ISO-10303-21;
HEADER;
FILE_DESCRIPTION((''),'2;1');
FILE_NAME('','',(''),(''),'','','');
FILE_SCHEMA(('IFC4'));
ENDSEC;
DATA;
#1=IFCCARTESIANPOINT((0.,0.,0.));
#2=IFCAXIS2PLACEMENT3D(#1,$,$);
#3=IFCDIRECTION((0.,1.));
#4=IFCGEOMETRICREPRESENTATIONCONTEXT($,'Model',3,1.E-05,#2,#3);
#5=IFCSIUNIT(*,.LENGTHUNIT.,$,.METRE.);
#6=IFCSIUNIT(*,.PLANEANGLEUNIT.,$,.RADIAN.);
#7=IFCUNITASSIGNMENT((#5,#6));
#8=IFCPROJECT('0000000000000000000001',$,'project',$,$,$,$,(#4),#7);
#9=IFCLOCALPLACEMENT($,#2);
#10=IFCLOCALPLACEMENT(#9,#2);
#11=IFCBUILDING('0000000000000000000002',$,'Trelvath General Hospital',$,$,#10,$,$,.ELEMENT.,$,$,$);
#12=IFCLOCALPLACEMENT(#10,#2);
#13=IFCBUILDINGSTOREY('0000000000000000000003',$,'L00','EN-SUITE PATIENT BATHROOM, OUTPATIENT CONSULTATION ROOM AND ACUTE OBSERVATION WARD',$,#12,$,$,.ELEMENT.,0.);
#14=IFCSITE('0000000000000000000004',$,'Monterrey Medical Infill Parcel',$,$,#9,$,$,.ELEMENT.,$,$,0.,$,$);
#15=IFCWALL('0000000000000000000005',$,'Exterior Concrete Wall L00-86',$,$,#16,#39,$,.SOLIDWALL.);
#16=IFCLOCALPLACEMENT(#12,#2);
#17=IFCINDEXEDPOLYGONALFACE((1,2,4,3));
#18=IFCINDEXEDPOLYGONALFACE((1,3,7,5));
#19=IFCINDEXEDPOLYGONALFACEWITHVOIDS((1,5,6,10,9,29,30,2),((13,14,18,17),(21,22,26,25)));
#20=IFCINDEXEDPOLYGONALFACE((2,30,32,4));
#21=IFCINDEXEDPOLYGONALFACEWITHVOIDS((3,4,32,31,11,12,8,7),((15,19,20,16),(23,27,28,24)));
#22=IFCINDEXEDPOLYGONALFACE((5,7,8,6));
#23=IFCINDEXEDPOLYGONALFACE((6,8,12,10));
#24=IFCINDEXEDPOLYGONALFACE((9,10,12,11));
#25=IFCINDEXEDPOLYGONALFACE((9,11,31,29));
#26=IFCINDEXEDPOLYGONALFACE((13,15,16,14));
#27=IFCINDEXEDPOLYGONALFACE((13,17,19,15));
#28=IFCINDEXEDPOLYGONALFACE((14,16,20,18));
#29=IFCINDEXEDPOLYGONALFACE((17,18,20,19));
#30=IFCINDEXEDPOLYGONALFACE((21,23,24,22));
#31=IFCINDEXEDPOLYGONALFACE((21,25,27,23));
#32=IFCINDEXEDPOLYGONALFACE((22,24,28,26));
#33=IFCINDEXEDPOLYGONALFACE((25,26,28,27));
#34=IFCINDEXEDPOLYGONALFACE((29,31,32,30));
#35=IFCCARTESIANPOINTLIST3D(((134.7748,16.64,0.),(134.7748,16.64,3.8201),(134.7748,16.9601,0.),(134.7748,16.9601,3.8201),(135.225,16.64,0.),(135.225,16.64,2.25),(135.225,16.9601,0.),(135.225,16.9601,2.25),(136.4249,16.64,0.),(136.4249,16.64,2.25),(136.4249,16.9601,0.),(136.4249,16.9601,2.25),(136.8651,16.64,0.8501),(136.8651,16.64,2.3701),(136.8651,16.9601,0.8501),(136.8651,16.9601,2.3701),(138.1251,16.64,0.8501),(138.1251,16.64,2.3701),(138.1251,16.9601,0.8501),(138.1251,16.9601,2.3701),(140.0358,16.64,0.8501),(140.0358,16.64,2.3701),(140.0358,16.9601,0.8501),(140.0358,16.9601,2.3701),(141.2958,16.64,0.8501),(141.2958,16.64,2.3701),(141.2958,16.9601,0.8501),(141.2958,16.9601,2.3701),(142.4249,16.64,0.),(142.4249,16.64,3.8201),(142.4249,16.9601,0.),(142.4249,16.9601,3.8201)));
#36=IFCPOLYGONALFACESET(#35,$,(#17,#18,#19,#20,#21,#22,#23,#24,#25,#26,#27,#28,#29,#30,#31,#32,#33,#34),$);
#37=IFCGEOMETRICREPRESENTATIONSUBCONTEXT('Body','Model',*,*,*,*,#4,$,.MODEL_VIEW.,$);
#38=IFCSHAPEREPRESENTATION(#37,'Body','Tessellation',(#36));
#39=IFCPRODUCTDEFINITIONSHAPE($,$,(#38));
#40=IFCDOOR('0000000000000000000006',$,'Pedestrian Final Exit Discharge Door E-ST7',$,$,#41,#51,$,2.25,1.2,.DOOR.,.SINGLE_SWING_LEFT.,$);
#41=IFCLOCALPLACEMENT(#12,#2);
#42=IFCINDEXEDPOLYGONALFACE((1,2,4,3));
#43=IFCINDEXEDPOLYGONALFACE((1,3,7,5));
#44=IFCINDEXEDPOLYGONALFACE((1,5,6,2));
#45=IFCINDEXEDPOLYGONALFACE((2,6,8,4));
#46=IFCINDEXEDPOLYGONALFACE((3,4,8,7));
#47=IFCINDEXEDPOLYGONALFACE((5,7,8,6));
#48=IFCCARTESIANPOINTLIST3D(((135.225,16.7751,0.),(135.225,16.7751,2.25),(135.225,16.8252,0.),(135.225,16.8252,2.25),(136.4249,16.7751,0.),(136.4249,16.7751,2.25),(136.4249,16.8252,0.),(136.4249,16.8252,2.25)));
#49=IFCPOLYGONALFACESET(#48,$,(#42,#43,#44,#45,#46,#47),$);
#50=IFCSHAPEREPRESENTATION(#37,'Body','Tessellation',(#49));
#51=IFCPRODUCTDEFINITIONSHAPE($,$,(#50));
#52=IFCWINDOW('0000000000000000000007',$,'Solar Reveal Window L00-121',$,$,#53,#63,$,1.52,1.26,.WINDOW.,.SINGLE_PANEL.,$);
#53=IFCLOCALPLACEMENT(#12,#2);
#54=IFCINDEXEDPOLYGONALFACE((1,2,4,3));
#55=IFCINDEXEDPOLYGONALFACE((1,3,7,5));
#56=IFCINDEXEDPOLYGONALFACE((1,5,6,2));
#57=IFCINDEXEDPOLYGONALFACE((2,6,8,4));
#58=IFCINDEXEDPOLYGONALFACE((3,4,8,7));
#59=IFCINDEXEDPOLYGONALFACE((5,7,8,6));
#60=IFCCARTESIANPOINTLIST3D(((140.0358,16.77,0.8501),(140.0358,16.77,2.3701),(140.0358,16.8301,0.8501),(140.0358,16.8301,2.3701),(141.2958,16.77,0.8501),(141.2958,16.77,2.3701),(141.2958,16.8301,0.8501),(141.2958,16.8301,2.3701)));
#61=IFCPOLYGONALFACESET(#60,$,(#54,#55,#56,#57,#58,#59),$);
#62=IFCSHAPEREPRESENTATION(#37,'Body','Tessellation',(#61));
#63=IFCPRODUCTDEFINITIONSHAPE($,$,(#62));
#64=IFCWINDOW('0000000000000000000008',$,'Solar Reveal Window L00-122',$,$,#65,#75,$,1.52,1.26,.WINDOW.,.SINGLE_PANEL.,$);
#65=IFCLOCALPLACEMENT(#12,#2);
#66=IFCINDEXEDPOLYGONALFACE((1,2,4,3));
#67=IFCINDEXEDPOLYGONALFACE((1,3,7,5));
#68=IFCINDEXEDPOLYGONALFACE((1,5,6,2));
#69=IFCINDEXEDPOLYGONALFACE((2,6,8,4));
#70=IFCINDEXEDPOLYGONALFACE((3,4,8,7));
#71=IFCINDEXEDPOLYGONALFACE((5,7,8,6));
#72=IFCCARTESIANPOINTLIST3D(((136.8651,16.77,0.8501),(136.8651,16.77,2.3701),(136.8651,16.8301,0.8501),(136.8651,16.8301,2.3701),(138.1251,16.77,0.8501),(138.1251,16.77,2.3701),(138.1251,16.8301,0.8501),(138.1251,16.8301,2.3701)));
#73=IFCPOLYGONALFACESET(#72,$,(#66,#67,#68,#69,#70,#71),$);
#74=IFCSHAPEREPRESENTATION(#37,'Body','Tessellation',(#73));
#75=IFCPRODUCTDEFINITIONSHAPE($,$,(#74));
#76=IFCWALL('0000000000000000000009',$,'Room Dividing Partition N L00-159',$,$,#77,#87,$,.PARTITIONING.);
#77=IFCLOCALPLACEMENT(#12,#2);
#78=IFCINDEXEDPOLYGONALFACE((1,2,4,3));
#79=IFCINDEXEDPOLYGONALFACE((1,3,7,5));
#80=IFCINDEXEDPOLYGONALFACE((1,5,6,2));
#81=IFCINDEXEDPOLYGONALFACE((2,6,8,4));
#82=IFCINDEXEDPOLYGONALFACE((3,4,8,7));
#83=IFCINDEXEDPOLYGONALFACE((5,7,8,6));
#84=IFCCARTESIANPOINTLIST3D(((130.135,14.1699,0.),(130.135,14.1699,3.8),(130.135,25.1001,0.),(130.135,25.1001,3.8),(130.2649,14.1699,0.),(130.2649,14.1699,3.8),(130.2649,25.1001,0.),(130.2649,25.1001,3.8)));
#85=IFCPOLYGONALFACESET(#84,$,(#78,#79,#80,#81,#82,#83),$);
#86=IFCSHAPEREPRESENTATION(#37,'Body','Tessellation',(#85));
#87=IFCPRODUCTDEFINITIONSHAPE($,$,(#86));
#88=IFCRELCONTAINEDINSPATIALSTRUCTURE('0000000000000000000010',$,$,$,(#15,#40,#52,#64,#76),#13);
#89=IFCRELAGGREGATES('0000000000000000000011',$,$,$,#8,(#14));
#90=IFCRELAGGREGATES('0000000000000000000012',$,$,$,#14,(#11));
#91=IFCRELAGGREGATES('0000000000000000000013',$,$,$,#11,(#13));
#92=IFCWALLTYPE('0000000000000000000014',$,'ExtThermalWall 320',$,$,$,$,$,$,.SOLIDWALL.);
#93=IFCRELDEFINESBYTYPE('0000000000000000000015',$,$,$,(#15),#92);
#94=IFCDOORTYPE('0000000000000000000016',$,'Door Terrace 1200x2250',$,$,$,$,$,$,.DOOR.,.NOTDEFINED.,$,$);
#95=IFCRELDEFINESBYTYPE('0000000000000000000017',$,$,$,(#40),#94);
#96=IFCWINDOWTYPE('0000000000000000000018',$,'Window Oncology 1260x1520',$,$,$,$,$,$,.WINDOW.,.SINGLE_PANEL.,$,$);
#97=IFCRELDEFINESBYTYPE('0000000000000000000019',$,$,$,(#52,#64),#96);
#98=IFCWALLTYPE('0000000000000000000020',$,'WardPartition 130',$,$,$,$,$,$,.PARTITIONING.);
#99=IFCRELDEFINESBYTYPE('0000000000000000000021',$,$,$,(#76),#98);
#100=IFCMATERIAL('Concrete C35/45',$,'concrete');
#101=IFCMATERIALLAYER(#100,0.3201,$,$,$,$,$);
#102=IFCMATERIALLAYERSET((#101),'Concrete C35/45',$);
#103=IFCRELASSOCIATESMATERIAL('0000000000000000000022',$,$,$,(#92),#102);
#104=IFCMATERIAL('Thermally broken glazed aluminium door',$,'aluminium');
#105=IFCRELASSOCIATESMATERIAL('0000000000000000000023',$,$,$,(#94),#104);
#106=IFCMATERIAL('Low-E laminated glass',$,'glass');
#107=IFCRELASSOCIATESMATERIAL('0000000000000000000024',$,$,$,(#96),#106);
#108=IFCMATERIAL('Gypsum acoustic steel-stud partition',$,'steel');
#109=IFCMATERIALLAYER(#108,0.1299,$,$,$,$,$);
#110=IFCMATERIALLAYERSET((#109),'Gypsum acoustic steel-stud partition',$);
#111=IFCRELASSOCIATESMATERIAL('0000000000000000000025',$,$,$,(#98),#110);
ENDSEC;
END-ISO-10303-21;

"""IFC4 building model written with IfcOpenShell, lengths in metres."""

from ifc_helpers import new_model, si_unit, direction, frame, frame_2d, origin, place, context, subcontext, project, spatial, rectangle, extrude, material, layer, layer_set, type_object, element, fill, save


model = new_model("IFC4")

# Units and contexts
model_context = context("Model", 3, precision=1e-05, world=origin(), true_north=direction((0.0, 1.0)))
body_context = subcontext(model_context, "Body", "Model", "MODEL_VIEW")
ifc_project = project(units=[si_unit("LENGTHUNIT", "METRE"), si_unit("PLANEANGLEUNIT", "RADIAN")], contexts=[model_context])

# Site, building, storey
site_placement = place(None, origin())
site = spatial("IfcSite", under=ifc_project, at=site_placement, Name="Monterrey Medical Infill Parcel", CompositionType="ELEMENT", RefElevation=0.0)
building_placement = place(site_placement, origin())
building = spatial("IfcBuilding", under=site, at=building_placement, Name="Trelvath General Hospital", CompositionType="ELEMENT")
storey_placement = place(building_placement, origin())
storey = spatial("IfcBuildingStorey", under=building, at=storey_placement, Name="L00", Description="EN-SUITE PATIENT BATHROOM, OUTPATIENT CONSULTATION ROOM AND ACUTE OBSERVATION WARD", CompositionType="ELEMENT", Elevation=0.0)

# Shared definitions
ifc_material_1 = material(Name="Concrete C35/45", Category="concrete")
ifc_layer_1 = layer(ifc_material_1, 0.3201)
ifc_layer_set_1 = layer_set([ifc_layer_1], Name="Concrete C35/45")
wall_type_1 = type_object("IfcWallType", Name="ExtThermalWall 320", PredefinedType="SOLIDWALL", material=ifc_layer_set_1)

# Wall, openings, door, windows
wall_1_placement = place(storey_placement, frame((142.425, 16.8, 0.0), z_axis=(0.0, 0.0, 1.0), x_axis=(-1.0, 0.0, 0.0)))
wall_1 = element("IfcWall", 1, at=wall_1_placement, inside=storey, type_object=wall_type_1, Name="Exterior Concrete Wall L00-86", PredefinedType="SOLIDWALL", context=body_context, shape_type="SweptSolid", body=[
    extrude(rectangle(XDim=7.6501, YDim=0.3201, at=frame_2d((3.8252, 0.0))), origin(), (0.0, 0.0, 1.0), 3.8201),
])
opening_1_placement = place(wall_1_placement, frame((6.0, 0.0, 0.0)))
opening_1 = element("IfcOpeningElement", 2, at=opening_1_placement, cuts=wall_1, PredefinedType="OPENING", context=body_context, shape_type="SweptSolid", body=[
    extrude(rectangle(XDim=1.2, YDim=2.25, at=frame_2d((0.6001, 1.125))), frame((0.0, 0.1699, 0.0), z_axis=(0.0, -1.0, 0.0), x_axis=(1.0, 0.0, 0.0)), (0.0, 0.0, 1.0), 0.3401),
])
opening_2_placement = place(wall_1_placement, frame((1.1294, 0.0, 0.8501)))
opening_2 = element("IfcOpeningElement", 3, at=opening_2_placement, cuts=wall_1, PredefinedType="OPENING", context=body_context, shape_type="SweptSolid", body=[
    extrude(rectangle(XDim=1.26, YDim=1.52, at=frame_2d((0.6299, 0.76))), frame((0.0, 0.1699, 0.0), z_axis=(0.0, -1.0, 0.0), x_axis=(1.0, 0.0, 0.0)), (0.0, 0.0, 1.0), 0.3401),
])
opening_3_placement = place(wall_1_placement, frame((4.3, 0.0, 0.8501)))
opening_3 = element("IfcOpeningElement", 4, at=opening_3_placement, cuts=wall_1, PredefinedType="OPENING", context=body_context, shape_type="SweptSolid", body=[
    extrude(rectangle(XDim=1.26, YDim=1.52, at=frame_2d((0.6299, 0.76))), frame((0.0, 0.1699, 0.0), z_axis=(0.0, -1.0, 0.0), x_axis=(1.0, 0.0, 0.0)), (0.0, 0.0, 1.0), 0.3401),
])
ifc_material_2 = material(Name="Thermally broken glazed aluminium door", Category="aluminium")
door_type_1 = type_object("IfcDoorType", Name="Door Terrace 1200x2250", OperationType="NOTDEFINED", PredefinedType="DOOR", material=ifc_material_2)
door_1_placement = place(opening_1_placement, origin())
door_1 = element("IfcDoor", 5, at=door_1_placement, inside=storey, type_object=door_type_1, Name="Pedestrian Final Exit Discharge Door E-ST7", OperationType="SINGLE_SWING_LEFT", OverallHeight=2.25, OverallWidth=1.2, PredefinedType="DOOR", context=body_context, shape_type="SweptSolid", body=[
    extrude(rectangle(XDim=1.2, YDim=2.25, at=frame_2d((0.6001, 1.125))), frame((0.0, 0.0249, 0.0), z_axis=(0.0, -1.0, 0.0), x_axis=(1.0, 0.0, 0.0)), (0.0, 0.0, 1.0), 0.05),
])
fill(opening_1, door_1)
ifc_material_3 = material(Name="Low-E laminated glass", Category="glass")
window_type = type_object("IfcWindowType", Name="Window Oncology 1260x1520", PartitioningType="SINGLE_PANEL", PredefinedType="WINDOW", material=ifc_material_3)
window_1_placement = place(opening_2_placement, origin())
window_1 = element("IfcWindow", 6, at=window_1_placement, inside=storey, type_object=window_type, Name="Solar Reveal Window L00-121", OverallHeight=1.52, OverallWidth=1.26, PartitioningType="SINGLE_PANEL", PredefinedType="WINDOW", context=body_context, shape_type="SweptSolid", body=[
    extrude(rectangle(XDim=1.26, YDim=1.52, at=frame_2d((0.6299, 0.76))), frame((0.0, 0.03, 0.0), z_axis=(0.0, -1.0, 0.0), x_axis=(1.0, 0.0, 0.0)), (0.0, 0.0, 1.0), 0.0601),
])
fill(opening_2, window_1)
window_2_placement = place(opening_3_placement, origin())
window_2 = element("IfcWindow", 7, at=window_2_placement, inside=storey, type_object=window_type, Name="Solar Reveal Window L00-122", OverallHeight=1.52, OverallWidth=1.26, PartitioningType="SINGLE_PANEL", PredefinedType="WINDOW", context=body_context, shape_type="SweptSolid", body=[
    extrude(rectangle(XDim=1.26, YDim=1.52, at=frame_2d((0.6299, 0.76))), frame((0.0, 0.03, 0.0), z_axis=(0.0, -1.0, 0.0), x_axis=(1.0, 0.0, 0.0)), (0.0, 0.0, 1.0), 0.0601),
])
fill(opening_3, window_2)

# Wall
ifc_material_4 = material(Name="Gypsum acoustic steel-stud partition", Category="steel")
ifc_layer_2 = layer(ifc_material_4, 0.1299)
ifc_layer_set_2 = layer_set([ifc_layer_2], Name="Gypsum acoustic steel-stud partition")
wall_type_2 = type_object("IfcWallType", Name="WardPartition 130", PredefinedType="PARTITIONING", material=ifc_layer_set_2)
wall_2_placement = place(storey_placement, frame((130.2, 14.1699, 0.0), z_axis=(0.0, 0.0, 1.0), x_axis=(0.0, 1.0, 0.0)))
element("IfcWall", 8, at=wall_2_placement, inside=storey, type_object=wall_type_2, Name="Room Dividing Partition N L00-159", PredefinedType="PARTITIONING", context=body_context, shape_type="SweptSolid", body=[
    extrude(rectangle(XDim=10.9302, YDim=0.1299, at=frame_2d((5.4651, 0.0))), origin(), (0.0, 0.0, 1.0), 3.8),
])

save(model, "model.ifc")
